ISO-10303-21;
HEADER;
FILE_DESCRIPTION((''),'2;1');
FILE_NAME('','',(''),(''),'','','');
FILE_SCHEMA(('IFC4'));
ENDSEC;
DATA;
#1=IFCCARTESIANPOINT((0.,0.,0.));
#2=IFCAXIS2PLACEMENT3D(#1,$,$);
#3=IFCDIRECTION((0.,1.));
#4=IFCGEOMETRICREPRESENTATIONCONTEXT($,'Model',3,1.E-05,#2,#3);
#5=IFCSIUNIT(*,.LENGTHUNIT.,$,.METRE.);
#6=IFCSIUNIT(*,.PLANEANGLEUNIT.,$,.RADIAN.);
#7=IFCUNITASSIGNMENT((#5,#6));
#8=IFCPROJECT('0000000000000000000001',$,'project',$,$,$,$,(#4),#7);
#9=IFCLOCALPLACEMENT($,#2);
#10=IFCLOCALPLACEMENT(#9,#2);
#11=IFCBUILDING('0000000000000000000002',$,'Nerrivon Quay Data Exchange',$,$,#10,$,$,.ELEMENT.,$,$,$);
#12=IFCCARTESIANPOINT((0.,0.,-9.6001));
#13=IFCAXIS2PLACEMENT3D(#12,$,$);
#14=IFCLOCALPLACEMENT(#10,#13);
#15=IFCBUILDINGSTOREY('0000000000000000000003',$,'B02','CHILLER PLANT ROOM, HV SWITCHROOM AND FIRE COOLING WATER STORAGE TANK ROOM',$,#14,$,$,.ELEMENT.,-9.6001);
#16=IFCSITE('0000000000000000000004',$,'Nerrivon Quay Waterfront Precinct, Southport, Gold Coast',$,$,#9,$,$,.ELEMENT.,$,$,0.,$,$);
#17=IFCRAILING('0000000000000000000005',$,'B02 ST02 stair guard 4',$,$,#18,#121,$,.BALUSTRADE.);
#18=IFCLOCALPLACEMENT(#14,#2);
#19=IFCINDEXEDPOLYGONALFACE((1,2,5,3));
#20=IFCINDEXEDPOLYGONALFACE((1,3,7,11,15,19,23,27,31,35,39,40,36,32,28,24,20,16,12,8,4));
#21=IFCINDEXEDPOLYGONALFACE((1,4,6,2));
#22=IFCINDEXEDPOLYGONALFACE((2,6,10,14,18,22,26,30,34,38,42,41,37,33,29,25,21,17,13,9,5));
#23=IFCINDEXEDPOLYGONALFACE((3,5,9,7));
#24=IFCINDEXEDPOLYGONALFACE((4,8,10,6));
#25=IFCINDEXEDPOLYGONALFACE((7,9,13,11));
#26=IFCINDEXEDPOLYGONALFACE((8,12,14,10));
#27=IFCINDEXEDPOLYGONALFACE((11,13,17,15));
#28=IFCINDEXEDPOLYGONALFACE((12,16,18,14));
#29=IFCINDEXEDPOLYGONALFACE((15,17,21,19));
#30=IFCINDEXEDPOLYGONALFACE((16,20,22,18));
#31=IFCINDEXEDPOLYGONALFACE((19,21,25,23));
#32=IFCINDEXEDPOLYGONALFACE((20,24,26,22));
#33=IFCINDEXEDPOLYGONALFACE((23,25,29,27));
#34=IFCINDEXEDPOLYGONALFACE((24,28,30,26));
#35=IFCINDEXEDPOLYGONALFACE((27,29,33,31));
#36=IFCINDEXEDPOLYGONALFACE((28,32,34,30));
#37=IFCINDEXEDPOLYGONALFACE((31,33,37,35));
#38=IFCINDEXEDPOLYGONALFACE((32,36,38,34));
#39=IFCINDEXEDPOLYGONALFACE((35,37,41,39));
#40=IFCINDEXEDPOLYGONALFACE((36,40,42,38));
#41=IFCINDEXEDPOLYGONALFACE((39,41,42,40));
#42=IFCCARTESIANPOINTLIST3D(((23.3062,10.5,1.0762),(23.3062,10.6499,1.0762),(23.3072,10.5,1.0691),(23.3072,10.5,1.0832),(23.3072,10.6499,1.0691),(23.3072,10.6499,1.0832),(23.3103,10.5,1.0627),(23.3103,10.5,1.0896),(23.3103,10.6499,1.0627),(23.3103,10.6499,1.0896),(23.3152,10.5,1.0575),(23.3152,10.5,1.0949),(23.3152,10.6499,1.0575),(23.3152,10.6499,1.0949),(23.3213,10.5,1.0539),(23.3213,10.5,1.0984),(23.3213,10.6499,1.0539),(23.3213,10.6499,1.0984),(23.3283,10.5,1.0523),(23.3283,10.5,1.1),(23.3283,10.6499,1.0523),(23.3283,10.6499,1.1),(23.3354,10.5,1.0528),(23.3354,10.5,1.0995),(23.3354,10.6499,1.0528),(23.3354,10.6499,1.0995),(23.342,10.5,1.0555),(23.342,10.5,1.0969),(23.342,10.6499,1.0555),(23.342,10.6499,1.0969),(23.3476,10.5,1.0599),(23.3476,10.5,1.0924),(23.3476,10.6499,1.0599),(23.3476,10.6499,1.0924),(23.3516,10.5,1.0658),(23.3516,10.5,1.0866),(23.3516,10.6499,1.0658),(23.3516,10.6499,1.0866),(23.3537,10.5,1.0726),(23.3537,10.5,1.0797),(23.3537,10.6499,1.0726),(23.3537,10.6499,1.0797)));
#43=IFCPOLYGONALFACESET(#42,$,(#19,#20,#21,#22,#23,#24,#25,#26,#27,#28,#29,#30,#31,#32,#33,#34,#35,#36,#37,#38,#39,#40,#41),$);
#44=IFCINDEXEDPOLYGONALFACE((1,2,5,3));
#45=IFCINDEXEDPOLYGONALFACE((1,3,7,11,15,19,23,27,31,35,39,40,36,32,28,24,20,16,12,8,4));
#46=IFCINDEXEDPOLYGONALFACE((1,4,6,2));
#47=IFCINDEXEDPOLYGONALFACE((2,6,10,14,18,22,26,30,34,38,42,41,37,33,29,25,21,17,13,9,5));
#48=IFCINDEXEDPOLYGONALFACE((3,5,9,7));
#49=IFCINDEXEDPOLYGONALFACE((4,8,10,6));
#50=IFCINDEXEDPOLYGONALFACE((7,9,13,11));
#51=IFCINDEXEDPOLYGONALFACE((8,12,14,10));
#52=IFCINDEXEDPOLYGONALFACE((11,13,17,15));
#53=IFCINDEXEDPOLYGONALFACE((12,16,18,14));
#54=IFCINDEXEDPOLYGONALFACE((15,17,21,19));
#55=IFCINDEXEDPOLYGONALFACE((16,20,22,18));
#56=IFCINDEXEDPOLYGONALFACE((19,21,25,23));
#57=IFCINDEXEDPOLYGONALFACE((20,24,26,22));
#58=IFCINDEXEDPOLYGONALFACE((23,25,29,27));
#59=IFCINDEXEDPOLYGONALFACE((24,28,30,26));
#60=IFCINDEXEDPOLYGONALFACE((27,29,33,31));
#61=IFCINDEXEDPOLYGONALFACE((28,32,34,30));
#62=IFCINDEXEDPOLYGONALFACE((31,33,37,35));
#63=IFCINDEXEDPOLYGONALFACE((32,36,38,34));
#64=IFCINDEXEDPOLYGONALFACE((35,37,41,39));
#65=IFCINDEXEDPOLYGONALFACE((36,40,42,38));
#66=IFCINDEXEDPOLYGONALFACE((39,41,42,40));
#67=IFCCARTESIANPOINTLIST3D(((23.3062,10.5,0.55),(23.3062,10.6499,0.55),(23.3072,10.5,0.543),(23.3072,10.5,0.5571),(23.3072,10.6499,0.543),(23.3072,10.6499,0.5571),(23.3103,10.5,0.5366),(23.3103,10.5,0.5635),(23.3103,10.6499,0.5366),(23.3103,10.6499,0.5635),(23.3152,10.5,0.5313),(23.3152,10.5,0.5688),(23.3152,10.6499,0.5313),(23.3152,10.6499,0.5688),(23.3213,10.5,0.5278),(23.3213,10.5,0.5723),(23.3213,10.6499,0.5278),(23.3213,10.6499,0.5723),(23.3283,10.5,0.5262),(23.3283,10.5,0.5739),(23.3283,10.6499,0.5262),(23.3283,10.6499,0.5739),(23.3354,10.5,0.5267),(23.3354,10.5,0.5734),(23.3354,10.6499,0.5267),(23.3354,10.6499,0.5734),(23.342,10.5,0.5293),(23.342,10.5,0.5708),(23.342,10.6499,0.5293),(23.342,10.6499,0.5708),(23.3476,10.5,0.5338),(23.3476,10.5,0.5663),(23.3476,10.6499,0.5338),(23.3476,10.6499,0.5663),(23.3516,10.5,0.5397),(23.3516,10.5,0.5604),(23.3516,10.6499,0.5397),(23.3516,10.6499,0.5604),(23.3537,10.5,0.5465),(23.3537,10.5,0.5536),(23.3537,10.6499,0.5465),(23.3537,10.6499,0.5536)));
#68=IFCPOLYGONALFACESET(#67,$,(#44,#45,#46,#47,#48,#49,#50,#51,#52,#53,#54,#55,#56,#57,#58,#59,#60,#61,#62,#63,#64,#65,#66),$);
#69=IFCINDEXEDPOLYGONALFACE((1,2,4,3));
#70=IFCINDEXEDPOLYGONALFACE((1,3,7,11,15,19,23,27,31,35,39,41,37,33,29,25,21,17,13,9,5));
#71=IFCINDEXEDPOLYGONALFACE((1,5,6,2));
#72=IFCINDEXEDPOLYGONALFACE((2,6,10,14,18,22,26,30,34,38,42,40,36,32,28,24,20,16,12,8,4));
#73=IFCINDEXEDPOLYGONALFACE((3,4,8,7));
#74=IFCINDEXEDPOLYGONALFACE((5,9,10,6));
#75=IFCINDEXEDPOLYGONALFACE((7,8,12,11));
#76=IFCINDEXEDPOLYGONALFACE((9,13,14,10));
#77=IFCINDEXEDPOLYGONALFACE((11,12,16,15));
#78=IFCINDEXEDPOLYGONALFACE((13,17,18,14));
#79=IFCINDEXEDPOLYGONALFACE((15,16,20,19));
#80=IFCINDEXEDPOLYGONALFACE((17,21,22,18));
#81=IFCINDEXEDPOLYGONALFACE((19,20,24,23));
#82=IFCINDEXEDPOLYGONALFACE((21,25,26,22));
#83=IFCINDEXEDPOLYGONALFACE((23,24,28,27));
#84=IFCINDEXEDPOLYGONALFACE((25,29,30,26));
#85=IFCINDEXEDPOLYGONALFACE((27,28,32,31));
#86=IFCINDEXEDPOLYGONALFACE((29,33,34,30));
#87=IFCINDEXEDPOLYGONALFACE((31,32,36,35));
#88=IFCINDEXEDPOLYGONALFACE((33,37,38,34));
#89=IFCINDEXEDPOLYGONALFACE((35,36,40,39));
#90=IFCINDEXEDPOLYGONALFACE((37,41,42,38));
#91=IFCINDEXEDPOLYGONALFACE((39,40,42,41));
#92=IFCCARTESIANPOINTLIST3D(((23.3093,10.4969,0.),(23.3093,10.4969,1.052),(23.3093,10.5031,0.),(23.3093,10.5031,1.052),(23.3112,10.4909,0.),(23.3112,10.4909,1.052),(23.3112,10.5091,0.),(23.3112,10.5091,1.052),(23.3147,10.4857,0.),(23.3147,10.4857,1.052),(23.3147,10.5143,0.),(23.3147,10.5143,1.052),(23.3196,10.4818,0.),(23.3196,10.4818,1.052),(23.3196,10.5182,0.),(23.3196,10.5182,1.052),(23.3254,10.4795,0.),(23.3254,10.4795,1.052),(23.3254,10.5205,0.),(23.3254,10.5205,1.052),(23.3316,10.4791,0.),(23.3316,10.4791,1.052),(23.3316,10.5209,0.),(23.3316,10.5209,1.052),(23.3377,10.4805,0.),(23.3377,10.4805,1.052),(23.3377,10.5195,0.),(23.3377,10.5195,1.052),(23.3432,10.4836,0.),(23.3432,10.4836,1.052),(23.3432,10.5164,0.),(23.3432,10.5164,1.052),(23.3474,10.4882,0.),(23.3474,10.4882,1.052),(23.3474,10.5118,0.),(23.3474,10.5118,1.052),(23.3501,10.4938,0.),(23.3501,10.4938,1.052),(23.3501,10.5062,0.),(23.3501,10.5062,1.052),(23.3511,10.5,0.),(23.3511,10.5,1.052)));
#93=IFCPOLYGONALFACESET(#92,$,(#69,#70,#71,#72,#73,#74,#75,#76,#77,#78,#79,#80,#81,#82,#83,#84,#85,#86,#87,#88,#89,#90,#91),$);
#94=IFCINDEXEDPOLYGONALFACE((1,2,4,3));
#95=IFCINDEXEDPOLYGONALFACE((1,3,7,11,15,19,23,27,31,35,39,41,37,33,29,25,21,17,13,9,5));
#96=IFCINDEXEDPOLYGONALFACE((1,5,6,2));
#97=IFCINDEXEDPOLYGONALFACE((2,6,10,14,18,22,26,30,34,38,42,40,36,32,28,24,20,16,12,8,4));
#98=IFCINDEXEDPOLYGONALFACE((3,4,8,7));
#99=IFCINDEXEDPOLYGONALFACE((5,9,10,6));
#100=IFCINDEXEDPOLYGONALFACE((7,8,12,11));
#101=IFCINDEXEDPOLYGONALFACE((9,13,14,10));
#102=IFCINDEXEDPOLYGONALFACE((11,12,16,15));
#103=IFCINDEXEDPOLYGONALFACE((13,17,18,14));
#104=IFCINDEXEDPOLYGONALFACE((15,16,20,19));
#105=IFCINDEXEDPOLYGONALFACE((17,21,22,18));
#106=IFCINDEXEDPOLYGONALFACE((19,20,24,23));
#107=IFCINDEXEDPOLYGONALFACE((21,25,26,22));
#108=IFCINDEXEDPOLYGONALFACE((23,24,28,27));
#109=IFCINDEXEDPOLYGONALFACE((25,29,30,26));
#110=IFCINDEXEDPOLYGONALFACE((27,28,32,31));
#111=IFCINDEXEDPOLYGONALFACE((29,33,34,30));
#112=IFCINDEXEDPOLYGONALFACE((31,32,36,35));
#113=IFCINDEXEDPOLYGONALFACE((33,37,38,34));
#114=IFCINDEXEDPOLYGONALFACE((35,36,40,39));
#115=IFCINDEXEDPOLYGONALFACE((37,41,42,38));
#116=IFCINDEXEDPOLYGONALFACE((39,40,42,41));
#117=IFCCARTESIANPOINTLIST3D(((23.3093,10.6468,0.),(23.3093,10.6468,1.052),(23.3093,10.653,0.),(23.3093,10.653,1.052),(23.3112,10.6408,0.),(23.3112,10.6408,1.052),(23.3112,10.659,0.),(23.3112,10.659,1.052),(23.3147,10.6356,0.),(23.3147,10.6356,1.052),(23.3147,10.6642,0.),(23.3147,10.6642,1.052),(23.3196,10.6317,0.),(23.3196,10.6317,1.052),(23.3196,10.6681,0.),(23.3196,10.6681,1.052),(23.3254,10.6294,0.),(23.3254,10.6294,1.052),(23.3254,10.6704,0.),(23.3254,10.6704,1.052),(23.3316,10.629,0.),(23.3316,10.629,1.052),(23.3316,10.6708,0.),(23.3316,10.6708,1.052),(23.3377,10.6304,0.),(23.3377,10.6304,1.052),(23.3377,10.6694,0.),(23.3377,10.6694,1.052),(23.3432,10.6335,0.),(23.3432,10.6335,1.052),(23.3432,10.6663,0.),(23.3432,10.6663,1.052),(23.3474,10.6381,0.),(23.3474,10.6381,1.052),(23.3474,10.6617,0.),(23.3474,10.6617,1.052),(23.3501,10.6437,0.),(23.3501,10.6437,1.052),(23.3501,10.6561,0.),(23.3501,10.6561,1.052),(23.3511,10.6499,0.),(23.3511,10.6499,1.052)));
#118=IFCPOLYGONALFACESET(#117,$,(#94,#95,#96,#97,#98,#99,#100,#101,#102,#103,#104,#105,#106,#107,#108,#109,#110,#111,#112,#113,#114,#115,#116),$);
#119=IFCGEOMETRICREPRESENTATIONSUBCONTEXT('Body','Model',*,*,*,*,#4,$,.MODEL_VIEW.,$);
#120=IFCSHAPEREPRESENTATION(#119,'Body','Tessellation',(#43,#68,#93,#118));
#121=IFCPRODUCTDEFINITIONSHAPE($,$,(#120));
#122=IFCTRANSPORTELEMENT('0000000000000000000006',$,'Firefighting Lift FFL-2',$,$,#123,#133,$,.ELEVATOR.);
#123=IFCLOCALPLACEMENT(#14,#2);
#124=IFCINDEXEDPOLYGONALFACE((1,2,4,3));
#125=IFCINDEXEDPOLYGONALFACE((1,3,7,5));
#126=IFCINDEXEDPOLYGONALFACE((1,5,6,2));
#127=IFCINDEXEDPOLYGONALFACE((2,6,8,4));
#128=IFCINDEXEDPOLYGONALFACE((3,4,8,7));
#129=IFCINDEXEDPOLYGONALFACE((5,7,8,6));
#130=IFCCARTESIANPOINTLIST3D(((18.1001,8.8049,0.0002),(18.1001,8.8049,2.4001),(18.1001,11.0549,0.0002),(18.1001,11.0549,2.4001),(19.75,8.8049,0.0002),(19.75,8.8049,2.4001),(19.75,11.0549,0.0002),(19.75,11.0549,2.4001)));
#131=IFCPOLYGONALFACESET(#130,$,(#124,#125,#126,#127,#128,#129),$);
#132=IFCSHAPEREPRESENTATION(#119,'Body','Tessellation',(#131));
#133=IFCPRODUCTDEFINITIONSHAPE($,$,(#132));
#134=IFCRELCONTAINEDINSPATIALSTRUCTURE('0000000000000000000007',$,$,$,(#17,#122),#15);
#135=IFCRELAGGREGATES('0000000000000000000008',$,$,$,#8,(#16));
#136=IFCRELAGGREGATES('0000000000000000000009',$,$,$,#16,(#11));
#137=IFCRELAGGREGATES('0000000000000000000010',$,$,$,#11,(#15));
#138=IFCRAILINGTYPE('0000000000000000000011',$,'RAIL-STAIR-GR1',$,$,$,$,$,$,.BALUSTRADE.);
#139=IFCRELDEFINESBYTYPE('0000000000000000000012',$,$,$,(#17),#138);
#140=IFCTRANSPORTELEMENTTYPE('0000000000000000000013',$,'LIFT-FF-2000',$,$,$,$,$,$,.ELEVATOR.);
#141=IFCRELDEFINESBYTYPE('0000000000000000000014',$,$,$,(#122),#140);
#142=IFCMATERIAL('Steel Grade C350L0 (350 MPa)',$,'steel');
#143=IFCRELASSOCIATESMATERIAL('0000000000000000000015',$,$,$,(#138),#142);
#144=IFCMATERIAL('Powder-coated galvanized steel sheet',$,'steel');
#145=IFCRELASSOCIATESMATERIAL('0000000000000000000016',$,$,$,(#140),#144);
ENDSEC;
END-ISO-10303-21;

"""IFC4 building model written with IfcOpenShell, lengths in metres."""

from ifc_helpers import new_model, si_unit, direction, frame, origin, origin_2d, place, context, subcontext, project, spatial, rectangle, circle, extrude, material, type_object, element, save


model = new_model("IFC4")

# Units and contexts
model_context = context("Model", 3, precision=1e-05, world=origin(), true_north=direction((0.0, 1.0)))
body_context = subcontext(model_context, "Body", "Model", "MODEL_VIEW")
ifc_project = project(units=[si_unit("LENGTHUNIT", "METRE"), si_unit("PLANEANGLEUNIT", "RADIAN")], contexts=[model_context])

# Site, building, storey
site_placement = place(None, origin())
site = spatial("IfcSite", under=ifc_project, at=site_placement, Name="Nerrivon Quay Waterfront Precinct, Southport, Gold Coast", CompositionType="ELEMENT", RefElevation=0.0)
building_placement = place(site_placement, origin())
building = spatial("IfcBuilding", under=site, at=building_placement, Name="Nerrivon Quay Data Exchange", CompositionType="ELEMENT")
storey_placement = place(building_placement, frame((0.0, 0.0, -9.6001)))
storey = spatial("IfcBuildingStorey", under=building, at=storey_placement, Name="B02", Description="CHILLER PLANT ROOM, HV SWITCHROOM AND FIRE COOLING WATER STORAGE TANK ROOM", CompositionType="ELEMENT", Elevation=-9.6001)

# Shared definitions
ifc_material_1 = material(Name="Powder-coated galvanized steel sheet", Category="steel")

# Railing
ifc_material_2 = material(Name="Steel Grade C350L0 (350 MPa)", Category="steel")
railing_type_1 = type_object("IfcRailingType", Name="RAIL-STAIR-GR1", PredefinedType="BALUSTRADE", material=ifc_material_2)
railing_1_placement = place(storey_placement, frame((23.3301, 10.5, 0.0)))
element("IfcRailing", 1, at=railing_1_placement, inside=storey, type_object=railing_type_1, Name="B02 ST02 stair guard 4", PredefinedType="BALUSTRADE", context=body_context, shape_type="SweptSolid", body=[
    extrude(circle(Radius=0.0239, at=origin_2d()), frame((0.0, 0.0, 1.0762), z_axis=(0.0, 1.0, 0.0), x_axis=(-1.0, 0.0, 0.0)), (0.0, 0.0, 1.0), 0.1499),
    extrude(circle(Radius=0.0239, at=origin_2d()), frame((0.0, 0.0, 0.55), z_axis=(0.0, 1.0, 0.0), x_axis=(-1.0, 0.0, 0.0)), (0.0, 0.0, 1.0), 0.1499),
    extrude(circle(Radius=0.021, at=origin_2d()), origin(), (0.0, 0.0, 1.0), 1.052),
    extrude(circle(Radius=0.021, at=origin_2d()), frame((0.0, 0.1499, 0.0)), (0.0, 0.0, 1.0), 1.052),
])

# Transport element
transport_element_type = type_object("IfcTransportElementType", Name="LIFT-FF-2000", PredefinedType="ELEVATOR", material=ifc_material_1)
transport_element_placement = place(storey_placement, frame((18.925, 9.9299, 0.0002), z_axis=(0.0, 0.0, 1.0), x_axis=(1.0, 0.0, 0.0)))
element("IfcTransportElement", 2, at=transport_element_placement, inside=storey, type_object=transport_element_type, Name="Firefighting Lift FFL-2", PredefinedType="ELEVATOR", context=body_context, shape_type="SweptSolid", body=[
    extrude(rectangle(XDim=1.6499, YDim=2.25, at=origin_2d()), origin(), (0.0, 0.0, 1.0), 2.3999),
])

save(model, "model.ifc")
